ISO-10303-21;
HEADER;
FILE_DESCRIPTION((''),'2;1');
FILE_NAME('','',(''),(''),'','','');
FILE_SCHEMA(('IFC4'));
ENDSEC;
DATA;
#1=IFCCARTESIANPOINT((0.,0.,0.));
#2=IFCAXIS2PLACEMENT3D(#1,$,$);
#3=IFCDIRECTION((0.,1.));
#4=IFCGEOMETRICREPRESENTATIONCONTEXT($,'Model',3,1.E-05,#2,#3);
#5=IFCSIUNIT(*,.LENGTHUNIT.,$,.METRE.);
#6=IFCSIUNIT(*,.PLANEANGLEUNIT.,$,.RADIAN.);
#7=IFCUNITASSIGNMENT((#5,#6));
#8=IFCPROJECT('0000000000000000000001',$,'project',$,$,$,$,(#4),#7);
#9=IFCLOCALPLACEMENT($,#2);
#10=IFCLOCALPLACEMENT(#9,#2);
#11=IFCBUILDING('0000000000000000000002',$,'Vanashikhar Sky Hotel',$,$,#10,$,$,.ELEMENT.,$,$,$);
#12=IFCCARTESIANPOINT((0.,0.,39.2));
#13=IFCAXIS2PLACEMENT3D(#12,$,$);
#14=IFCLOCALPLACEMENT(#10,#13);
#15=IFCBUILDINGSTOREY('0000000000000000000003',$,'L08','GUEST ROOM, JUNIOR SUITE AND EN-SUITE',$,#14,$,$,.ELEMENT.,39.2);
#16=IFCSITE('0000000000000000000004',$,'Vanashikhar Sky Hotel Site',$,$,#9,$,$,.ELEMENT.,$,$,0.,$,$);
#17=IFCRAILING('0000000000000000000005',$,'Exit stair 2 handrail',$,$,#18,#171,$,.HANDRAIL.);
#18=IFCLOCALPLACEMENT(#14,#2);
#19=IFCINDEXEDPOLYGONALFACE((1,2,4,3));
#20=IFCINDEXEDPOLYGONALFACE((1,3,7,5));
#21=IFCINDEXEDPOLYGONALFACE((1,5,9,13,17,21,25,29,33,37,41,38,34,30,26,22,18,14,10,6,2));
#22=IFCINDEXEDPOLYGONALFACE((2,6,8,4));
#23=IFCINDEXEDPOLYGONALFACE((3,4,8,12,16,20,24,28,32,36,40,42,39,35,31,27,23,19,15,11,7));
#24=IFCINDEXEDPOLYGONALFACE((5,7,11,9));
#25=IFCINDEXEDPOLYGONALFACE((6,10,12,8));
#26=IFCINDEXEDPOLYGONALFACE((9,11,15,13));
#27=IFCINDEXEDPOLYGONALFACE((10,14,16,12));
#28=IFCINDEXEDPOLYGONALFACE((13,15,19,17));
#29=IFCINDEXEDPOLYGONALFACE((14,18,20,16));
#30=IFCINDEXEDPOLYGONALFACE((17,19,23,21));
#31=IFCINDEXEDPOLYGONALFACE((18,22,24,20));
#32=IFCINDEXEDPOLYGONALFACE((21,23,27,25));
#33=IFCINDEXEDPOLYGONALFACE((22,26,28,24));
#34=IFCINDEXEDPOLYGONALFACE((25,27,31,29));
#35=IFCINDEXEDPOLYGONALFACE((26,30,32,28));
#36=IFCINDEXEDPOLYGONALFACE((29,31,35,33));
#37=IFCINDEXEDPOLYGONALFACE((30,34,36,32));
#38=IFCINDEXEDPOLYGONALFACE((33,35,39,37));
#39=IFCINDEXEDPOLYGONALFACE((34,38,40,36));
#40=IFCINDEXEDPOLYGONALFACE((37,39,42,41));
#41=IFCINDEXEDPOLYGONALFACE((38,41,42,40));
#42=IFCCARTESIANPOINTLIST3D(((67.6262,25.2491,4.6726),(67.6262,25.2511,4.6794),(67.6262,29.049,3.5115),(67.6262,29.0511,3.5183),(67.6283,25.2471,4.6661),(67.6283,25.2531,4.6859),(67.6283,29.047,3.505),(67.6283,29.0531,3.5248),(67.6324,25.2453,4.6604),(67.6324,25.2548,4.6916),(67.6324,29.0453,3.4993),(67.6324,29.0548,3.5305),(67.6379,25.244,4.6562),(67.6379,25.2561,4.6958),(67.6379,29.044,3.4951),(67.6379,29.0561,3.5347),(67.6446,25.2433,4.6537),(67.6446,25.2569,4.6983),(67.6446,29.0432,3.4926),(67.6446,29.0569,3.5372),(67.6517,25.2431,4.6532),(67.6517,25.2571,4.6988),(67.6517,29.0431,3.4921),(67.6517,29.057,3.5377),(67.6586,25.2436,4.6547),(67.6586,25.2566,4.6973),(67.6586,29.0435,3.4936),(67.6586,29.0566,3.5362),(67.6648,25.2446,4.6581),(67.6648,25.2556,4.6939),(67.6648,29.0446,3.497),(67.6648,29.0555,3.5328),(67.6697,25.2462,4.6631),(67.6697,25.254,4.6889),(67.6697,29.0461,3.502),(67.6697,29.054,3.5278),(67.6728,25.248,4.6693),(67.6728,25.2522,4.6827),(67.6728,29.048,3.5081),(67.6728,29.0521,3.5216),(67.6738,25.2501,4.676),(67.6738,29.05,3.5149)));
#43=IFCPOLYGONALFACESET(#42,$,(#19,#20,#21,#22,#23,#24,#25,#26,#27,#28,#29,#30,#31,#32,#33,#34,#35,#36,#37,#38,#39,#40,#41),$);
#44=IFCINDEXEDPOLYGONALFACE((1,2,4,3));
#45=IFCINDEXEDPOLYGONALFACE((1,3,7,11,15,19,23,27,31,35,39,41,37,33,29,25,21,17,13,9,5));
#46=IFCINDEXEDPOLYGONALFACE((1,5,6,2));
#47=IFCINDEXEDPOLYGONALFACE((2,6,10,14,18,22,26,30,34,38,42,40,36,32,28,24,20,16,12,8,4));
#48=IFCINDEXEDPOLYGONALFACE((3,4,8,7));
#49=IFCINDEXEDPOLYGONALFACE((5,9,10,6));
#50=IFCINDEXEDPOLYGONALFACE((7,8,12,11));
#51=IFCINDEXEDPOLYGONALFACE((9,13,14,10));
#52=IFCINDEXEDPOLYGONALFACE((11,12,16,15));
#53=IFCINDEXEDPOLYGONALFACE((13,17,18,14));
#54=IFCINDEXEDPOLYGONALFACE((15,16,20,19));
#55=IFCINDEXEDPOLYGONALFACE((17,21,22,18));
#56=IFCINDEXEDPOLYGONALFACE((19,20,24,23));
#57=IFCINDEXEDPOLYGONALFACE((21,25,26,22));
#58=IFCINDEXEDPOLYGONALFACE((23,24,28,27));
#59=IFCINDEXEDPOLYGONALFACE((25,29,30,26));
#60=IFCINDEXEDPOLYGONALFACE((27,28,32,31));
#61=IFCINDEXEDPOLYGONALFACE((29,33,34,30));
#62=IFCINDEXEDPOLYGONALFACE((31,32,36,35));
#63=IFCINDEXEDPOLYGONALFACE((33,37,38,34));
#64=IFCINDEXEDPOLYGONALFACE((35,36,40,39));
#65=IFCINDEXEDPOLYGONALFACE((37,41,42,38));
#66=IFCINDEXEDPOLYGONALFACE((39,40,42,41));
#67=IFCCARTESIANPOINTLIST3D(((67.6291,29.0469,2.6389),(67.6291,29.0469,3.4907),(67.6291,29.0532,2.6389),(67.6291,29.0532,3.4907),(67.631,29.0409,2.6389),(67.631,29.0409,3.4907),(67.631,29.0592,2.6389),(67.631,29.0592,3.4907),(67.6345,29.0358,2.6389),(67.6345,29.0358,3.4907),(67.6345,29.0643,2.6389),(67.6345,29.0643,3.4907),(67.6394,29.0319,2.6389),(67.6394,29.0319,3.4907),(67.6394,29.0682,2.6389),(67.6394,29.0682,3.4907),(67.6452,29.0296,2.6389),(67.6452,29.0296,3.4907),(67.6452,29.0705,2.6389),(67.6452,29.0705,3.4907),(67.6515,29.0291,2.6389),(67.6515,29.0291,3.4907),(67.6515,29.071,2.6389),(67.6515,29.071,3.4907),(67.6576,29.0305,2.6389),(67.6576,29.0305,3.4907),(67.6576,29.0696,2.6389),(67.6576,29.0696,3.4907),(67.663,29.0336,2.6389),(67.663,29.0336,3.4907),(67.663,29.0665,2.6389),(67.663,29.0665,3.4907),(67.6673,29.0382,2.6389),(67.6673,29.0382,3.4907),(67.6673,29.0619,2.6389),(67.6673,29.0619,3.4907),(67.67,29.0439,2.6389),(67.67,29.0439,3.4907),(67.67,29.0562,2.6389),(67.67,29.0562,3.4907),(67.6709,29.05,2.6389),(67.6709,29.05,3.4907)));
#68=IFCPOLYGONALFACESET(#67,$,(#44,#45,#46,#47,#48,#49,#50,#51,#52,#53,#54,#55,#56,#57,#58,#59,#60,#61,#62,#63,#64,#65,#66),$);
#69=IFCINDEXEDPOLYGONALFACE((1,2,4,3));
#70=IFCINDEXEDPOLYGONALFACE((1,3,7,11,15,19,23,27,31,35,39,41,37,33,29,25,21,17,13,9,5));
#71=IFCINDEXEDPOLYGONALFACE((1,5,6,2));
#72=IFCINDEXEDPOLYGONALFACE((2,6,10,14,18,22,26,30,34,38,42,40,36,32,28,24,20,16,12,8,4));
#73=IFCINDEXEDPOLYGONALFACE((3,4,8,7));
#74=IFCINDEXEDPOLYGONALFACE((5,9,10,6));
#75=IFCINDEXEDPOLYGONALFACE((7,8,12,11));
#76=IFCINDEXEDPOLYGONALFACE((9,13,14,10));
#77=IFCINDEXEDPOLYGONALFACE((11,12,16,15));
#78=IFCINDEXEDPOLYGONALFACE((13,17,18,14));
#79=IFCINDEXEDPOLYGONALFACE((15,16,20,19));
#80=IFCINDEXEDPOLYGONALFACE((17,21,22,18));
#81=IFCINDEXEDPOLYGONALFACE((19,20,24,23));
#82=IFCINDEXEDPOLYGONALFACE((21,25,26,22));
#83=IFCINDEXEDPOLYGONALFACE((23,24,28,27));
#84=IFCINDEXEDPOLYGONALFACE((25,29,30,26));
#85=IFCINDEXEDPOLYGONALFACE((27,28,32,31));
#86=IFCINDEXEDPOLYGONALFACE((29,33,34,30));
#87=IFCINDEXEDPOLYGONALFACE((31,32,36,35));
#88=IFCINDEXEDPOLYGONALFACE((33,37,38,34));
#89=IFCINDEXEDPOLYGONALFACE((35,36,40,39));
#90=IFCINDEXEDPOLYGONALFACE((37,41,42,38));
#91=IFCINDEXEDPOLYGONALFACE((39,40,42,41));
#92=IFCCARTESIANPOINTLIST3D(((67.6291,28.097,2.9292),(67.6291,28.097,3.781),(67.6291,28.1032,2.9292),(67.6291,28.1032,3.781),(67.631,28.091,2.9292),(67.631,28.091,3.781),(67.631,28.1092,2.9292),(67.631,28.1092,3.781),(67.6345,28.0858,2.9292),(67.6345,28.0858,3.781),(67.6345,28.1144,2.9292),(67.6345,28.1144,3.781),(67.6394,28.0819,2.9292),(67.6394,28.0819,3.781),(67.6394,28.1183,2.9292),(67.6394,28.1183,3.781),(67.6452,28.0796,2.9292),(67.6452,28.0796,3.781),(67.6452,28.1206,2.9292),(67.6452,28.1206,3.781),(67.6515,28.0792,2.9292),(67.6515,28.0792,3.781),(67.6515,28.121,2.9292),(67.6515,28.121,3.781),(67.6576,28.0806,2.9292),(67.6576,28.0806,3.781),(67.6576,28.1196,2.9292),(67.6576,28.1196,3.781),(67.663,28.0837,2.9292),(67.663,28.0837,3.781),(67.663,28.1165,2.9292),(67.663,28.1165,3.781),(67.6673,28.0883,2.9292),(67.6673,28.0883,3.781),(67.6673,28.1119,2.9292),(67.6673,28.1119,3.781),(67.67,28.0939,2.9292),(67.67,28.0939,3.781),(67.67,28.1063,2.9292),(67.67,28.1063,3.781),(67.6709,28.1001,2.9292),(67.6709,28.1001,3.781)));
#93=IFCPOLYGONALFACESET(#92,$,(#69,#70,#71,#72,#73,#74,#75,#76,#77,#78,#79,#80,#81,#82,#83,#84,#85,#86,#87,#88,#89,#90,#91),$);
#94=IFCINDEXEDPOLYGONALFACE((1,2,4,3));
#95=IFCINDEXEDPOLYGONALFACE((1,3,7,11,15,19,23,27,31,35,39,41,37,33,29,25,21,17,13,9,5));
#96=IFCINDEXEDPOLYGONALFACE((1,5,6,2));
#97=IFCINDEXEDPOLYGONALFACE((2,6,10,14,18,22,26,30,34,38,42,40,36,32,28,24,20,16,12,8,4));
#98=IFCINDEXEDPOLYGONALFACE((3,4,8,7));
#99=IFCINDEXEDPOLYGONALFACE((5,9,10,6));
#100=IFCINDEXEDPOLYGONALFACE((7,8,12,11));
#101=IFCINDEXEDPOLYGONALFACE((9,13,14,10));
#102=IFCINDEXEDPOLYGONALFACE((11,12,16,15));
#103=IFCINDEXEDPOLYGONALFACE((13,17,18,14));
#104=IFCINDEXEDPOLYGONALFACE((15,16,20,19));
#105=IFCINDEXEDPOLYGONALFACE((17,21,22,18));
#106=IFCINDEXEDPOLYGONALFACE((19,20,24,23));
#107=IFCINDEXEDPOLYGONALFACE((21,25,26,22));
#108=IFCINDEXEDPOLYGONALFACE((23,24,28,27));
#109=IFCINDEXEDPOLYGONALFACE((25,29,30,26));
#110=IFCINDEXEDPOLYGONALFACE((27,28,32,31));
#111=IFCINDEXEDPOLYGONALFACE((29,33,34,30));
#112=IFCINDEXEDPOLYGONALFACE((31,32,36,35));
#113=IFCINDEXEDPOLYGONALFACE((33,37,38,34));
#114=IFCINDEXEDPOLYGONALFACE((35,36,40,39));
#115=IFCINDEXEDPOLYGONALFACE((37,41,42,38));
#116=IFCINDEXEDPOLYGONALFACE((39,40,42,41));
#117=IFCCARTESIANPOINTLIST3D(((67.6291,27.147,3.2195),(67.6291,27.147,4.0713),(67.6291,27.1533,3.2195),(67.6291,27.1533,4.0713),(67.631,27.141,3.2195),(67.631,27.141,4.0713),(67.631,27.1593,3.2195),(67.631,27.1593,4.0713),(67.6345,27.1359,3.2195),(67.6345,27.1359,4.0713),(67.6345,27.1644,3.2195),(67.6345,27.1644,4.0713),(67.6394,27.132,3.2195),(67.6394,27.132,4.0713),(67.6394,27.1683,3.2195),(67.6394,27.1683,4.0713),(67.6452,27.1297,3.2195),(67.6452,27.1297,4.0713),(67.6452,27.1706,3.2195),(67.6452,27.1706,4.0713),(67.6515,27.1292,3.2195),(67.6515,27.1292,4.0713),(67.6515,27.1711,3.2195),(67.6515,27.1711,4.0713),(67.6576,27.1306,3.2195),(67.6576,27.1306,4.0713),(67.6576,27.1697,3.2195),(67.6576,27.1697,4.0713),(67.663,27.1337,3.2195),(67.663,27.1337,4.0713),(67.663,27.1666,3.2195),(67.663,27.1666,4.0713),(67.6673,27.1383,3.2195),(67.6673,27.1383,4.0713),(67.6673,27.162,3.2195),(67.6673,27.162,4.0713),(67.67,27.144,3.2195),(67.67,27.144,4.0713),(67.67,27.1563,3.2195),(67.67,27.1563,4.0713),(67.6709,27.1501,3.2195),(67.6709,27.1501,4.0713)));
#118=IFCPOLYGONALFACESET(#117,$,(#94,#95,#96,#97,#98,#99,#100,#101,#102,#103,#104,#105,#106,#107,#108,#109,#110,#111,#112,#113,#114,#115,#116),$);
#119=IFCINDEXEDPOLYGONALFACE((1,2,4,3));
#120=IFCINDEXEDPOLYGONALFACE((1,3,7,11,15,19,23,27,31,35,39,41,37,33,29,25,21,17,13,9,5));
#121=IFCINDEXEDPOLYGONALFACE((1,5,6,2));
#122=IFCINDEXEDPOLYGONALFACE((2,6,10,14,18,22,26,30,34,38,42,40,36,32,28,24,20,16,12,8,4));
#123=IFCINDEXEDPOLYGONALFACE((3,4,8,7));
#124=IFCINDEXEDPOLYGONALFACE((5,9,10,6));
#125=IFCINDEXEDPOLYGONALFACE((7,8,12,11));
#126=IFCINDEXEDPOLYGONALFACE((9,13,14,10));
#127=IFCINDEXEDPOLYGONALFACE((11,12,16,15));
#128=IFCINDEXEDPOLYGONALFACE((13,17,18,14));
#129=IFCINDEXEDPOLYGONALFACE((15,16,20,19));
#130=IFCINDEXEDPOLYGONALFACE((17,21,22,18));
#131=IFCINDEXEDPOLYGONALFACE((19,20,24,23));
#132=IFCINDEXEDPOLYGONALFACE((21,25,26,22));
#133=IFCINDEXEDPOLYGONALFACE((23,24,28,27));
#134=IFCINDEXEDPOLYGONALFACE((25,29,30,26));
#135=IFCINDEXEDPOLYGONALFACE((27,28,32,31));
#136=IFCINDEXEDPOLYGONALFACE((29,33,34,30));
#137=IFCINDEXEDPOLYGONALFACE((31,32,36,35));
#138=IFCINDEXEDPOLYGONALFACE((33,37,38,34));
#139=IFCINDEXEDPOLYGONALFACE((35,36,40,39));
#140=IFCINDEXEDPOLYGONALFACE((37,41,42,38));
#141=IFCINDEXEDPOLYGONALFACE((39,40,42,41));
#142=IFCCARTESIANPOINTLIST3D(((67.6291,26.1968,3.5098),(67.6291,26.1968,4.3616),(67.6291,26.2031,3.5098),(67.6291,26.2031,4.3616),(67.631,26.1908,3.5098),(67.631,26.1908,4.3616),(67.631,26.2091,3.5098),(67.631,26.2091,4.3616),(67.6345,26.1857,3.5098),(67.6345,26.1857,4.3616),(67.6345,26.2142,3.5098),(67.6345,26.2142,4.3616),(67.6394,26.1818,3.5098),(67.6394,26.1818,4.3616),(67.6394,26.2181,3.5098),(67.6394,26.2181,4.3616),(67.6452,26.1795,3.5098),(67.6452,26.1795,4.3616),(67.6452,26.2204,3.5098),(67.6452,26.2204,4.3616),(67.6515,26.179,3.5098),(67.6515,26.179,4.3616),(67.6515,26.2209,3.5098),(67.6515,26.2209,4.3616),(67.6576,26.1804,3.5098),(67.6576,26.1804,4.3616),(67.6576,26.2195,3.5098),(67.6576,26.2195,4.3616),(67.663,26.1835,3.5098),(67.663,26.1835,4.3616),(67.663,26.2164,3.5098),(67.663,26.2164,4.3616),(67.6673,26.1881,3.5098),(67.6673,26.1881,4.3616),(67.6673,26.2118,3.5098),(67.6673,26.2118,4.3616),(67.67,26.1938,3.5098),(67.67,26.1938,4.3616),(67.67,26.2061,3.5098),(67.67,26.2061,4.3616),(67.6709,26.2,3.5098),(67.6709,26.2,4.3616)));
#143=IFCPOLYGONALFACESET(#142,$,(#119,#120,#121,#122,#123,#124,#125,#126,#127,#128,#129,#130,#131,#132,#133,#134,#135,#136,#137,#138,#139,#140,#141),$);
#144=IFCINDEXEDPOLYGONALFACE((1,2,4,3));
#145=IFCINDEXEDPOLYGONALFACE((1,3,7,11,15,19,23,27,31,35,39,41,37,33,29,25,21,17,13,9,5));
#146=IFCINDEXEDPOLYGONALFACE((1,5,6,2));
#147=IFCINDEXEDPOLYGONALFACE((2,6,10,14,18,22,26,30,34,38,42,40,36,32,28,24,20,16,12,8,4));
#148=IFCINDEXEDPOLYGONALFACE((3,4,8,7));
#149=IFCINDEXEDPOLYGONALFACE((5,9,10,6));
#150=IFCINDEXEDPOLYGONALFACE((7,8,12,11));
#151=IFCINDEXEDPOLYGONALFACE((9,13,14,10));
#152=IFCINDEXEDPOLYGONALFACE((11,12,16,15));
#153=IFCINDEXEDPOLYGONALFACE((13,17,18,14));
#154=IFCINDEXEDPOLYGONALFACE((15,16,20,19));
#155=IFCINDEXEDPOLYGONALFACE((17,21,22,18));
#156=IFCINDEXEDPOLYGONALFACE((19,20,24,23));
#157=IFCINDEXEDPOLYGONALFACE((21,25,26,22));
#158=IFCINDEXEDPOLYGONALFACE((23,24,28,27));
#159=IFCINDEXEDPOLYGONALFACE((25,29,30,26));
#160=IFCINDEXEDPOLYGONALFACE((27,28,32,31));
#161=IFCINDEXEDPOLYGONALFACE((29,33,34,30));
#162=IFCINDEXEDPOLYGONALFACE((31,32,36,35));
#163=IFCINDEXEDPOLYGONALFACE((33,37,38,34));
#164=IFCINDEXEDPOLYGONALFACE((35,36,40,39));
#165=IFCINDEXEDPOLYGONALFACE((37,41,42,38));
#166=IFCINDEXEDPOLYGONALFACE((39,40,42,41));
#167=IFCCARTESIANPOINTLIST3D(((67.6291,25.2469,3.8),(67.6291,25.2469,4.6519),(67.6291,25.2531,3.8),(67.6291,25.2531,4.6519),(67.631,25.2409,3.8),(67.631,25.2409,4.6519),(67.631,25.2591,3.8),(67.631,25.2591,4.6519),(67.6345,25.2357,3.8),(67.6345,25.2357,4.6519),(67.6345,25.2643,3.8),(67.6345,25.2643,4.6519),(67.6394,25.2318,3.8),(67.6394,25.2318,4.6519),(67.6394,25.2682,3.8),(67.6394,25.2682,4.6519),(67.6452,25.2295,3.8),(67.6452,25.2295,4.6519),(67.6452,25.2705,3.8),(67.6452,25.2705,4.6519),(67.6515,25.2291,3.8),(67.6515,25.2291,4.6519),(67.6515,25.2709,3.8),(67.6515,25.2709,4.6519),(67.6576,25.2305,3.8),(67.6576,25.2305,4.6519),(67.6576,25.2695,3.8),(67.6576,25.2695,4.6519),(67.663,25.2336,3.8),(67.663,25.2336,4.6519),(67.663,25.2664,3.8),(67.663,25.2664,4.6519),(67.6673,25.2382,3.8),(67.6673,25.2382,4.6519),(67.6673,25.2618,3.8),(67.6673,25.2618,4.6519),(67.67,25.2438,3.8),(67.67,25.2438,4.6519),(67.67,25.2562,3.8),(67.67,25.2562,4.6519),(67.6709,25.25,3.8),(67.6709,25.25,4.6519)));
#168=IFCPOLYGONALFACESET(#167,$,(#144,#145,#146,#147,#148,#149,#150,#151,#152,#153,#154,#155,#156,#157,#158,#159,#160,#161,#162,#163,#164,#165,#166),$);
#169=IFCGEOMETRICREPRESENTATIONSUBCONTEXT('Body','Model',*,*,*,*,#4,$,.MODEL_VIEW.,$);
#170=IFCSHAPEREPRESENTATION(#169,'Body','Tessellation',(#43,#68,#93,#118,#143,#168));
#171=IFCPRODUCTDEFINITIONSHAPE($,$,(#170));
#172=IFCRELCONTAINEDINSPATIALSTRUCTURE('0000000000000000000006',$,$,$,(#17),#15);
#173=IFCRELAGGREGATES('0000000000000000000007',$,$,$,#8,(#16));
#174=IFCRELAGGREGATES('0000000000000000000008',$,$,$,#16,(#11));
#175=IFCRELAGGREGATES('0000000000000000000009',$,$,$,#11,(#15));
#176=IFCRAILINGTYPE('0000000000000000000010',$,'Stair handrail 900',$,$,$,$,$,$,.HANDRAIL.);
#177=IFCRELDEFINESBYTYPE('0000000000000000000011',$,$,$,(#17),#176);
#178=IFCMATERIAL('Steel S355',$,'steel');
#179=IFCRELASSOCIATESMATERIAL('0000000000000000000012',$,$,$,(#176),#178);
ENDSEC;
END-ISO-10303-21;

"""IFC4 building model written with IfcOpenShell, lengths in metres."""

from ifc_helpers import new_model, si_unit, direction, frame, origin, origin_2d, place, context, subcontext, project, spatial, circle, extrude, source, transform, mapped, material, type_object, element, save


model = new_model("IFC4")

# Units and contexts
model_context = context("Model", 3, precision=1e-05, world=origin(), true_north=direction((0.0, 1.0)))
body_context = subcontext(model_context, "Body", "Model", "MODEL_VIEW")
ifc_project = project(units=[si_unit("LENGTHUNIT", "METRE"), si_unit("PLANEANGLEUNIT", "RADIAN")], contexts=[model_context])

# Site, building, storey
site_placement = place(None, origin())
site = spatial("IfcSite", under=ifc_project, at=site_placement, Name="Vanashikhar Sky Hotel Site", CompositionType="ELEMENT", RefElevation=0.0)
building_placement = place(site_placement, origin())
building = spatial("IfcBuilding", under=site, at=building_placement, Name="Vanashikhar Sky Hotel", CompositionType="ELEMENT")
storey_placement = place(building_placement, frame((0.0, 0.0, 39.2)))
storey = spatial("IfcBuildingStorey", under=building, at=storey_placement, Name="L08", Description="GUEST ROOM, JUNIOR SUITE AND EN-SUITE", CompositionType="ELEMENT", Elevation=39.2)

# Railing
ifc_material_1 = material(Name="Steel S355", Category="steel")
railing_type_1 = type_object("IfcRailingType", Name="Stair handrail 900", PredefinedType="HANDRAIL", material=ifc_material_1)
shared_shape_1 = source(origin(), body_context, "Body", "SweptSolid", [
    extrude(circle(Radius=0.0239, at=origin_2d()), frame((0.0, 0.0, 0.876), z_axis=(0.0, -0.956351, 0.29222), x_axis=(1.0, 0.0, 0.0)), (0.0, 0.0, 1.0), 3.9734),
    extrude(circle(Radius=0.021, at=origin_2d()), origin(), (0.0, 0.0, 1.0), 0.8518),
    extrude(circle(Radius=0.021, at=origin_2d()), frame((0.0, -0.95, 0.2903)), (0.0, 0.0, 1.0), 0.8518),
    extrude(circle(Radius=0.021, at=origin_2d()), frame((0.0, -1.8999, 0.5806)), (0.0, 0.0, 1.0), 0.8518),
    extrude(circle(Radius=0.021, at=origin_2d()), frame((0.0, -2.8501, 0.8708)), (0.0, 0.0, 1.0), 0.8518),
    extrude(circle(Radius=0.021, at=origin_2d()), frame((0.0, -3.8, 1.1611)), (0.0, 0.0, 1.0), 0.8518),
])
railing_1_placement = place(storey_placement, frame((67.6499, 29.05, 2.6389)))
element("IfcRailing", 1, at=railing_1_placement, inside=storey, type_object=railing_type_1, Name="Exit stair 2 handrail", PredefinedType="HANDRAIL", context=body_context, shape_type="MappedRepresentation", body=[
    mapped(shared_shape_1, transform((0.0, 0.0, 0.0), scale=1.0)),
])

save(model, "model.ifc")
